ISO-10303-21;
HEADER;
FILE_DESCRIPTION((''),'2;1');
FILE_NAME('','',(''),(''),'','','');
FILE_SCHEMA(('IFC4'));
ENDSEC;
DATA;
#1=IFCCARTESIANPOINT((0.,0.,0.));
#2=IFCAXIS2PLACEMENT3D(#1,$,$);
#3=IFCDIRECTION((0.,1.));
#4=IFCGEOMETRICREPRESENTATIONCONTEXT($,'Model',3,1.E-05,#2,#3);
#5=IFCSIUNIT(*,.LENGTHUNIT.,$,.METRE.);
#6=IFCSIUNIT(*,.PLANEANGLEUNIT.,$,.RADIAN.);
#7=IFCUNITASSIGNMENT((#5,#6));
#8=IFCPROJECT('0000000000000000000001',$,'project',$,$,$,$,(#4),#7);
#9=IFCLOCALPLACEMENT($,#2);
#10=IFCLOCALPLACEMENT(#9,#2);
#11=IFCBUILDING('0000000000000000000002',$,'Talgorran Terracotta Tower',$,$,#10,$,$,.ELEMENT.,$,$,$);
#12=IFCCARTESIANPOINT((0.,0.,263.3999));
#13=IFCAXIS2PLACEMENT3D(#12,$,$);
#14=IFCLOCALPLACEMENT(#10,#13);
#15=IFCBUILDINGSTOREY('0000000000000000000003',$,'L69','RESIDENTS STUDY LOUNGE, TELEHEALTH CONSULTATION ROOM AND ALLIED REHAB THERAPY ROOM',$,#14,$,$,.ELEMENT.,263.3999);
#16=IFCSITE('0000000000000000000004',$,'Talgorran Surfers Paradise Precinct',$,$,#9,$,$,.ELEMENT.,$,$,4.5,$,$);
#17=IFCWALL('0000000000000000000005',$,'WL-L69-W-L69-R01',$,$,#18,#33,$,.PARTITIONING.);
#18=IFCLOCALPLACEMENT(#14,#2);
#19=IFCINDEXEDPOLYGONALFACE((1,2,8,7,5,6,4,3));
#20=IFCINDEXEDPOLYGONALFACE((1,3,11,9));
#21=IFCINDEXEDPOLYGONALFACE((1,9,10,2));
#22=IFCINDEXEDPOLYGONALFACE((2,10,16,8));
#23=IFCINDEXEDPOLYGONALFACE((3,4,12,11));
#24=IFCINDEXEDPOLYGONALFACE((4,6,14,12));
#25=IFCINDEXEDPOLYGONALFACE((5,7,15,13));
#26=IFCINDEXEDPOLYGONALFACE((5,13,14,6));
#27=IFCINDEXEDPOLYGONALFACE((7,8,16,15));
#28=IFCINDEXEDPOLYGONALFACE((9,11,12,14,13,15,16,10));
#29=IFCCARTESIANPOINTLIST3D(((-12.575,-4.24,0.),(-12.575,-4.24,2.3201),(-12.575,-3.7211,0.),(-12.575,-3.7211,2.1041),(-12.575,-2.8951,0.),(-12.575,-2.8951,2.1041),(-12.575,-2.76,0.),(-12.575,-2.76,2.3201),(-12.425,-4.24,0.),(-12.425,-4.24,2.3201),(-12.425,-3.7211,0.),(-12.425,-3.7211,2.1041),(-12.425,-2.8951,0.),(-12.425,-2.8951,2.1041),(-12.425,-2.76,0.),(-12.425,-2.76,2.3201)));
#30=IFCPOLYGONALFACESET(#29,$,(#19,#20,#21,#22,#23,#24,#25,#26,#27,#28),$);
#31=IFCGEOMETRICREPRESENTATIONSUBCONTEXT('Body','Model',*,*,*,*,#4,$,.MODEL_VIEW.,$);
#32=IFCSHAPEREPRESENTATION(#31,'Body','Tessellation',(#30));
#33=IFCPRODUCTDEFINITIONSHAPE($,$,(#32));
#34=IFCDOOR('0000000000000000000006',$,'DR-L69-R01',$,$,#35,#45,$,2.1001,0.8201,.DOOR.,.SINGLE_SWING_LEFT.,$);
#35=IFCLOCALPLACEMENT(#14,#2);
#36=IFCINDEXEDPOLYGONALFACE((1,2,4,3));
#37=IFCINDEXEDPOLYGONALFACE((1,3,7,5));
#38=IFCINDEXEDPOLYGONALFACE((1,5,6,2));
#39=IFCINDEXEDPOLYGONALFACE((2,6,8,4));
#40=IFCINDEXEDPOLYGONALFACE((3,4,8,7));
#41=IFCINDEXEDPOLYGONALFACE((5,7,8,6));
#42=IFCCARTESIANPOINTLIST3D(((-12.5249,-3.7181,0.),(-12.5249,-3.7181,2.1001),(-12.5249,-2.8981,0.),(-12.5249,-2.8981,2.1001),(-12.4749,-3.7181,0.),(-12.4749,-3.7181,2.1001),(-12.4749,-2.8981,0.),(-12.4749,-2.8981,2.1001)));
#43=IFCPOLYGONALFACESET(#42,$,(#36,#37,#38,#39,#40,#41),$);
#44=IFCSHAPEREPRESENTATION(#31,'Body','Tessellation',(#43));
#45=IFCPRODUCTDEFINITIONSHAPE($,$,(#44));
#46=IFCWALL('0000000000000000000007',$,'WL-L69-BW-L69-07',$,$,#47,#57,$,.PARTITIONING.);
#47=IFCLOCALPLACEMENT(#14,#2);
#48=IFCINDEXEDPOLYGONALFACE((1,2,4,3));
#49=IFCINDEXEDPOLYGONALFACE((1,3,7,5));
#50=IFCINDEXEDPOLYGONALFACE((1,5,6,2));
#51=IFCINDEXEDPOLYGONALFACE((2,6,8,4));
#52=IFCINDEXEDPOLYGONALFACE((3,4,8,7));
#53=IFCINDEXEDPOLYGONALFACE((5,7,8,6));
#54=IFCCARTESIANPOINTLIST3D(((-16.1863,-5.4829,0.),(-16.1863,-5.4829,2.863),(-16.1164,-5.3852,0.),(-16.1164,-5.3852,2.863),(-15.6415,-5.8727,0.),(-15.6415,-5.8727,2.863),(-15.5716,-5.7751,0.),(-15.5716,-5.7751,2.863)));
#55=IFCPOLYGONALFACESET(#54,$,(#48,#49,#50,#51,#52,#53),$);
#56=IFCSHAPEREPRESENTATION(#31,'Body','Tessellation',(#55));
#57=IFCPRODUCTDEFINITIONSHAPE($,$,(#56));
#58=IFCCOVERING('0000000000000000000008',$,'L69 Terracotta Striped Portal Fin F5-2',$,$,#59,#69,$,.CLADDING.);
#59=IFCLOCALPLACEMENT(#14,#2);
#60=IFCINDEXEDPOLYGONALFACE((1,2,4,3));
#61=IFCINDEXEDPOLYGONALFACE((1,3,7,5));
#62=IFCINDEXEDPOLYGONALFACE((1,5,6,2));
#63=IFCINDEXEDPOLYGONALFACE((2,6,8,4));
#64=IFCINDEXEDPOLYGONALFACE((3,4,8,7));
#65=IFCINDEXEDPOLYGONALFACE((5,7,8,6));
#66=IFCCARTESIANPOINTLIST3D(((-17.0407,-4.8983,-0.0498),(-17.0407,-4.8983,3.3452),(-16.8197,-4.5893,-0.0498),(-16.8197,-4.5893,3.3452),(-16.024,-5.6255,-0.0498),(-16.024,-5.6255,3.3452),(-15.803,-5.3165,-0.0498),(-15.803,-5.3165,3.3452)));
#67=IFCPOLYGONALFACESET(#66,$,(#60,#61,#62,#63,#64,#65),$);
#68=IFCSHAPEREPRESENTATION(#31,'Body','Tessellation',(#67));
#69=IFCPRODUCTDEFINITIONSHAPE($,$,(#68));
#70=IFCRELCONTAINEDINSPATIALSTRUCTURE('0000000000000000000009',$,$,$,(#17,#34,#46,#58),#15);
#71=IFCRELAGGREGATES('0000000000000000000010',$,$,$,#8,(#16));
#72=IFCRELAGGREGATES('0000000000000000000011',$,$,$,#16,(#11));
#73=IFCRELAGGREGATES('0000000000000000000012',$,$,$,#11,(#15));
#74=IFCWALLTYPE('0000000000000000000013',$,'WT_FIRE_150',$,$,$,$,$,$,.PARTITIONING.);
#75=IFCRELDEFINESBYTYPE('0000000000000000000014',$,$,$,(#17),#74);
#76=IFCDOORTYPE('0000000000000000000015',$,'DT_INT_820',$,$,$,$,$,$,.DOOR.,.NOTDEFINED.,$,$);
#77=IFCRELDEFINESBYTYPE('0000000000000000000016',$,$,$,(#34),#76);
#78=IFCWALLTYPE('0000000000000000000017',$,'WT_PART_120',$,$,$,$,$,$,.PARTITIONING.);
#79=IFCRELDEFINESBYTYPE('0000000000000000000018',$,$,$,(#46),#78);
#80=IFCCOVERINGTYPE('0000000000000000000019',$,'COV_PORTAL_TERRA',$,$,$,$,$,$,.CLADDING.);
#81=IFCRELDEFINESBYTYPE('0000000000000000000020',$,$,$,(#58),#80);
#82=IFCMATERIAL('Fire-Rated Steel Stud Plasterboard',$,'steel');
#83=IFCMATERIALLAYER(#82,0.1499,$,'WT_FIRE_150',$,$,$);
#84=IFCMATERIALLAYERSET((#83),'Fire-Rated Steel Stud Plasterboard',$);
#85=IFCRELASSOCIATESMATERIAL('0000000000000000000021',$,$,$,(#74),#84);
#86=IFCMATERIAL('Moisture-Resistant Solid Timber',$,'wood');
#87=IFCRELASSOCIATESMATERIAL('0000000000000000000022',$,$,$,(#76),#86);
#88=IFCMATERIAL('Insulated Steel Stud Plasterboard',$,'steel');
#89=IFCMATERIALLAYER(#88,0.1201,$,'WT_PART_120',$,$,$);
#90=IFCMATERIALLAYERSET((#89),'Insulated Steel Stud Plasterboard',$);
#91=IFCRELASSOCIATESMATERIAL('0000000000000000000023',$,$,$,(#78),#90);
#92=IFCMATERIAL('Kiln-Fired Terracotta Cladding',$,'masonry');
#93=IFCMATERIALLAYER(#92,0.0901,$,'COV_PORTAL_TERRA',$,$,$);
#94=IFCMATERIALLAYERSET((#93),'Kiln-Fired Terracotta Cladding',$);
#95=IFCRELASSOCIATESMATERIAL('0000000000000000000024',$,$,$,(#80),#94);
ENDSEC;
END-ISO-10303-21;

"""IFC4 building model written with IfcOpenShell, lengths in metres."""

from ifc_helpers import new_model, si_unit, direction, frame, frame_2d, origin, origin_2d, place, context, subcontext, project, spatial, rectangle, extrude, material, layer, layer_set, type_object, element, fill, save


model = new_model("IFC4")

# Units and contexts
model_context = context("Model", 3, precision=1e-05, world=origin(), true_north=direction((0.0, 1.0)))
body_context = subcontext(model_context, "Body", "Model", "MODEL_VIEW")
ifc_project = project(units=[si_unit("LENGTHUNIT", "METRE"), si_unit("PLANEANGLEUNIT", "RADIAN")], contexts=[model_context])

# Site, building, storey
site_placement = place(None, origin())
site = spatial("IfcSite", under=ifc_project, at=site_placement, Name="Talgorran Surfers Paradise Precinct", CompositionType="ELEMENT", RefElevation=4.5)
building_placement = place(site_placement, origin())
building = spatial("IfcBuilding", under=site, at=building_placement, Name="Talgorran Terracotta Tower", CompositionType="ELEMENT")
storey_placement = place(building_placement, frame((0.0, 0.0, 263.3999)))
storey = spatial("IfcBuildingStorey", under=building, at=storey_placement, Name="L69", Description="RESIDENTS STUDY LOUNGE, TELEHEALTH CONSULTATION ROOM AND ALLIED REHAB THERAPY ROOM", CompositionType="ELEMENT", Elevation=263.3999)

# Wall, opening, door
ifc_material_1 = material(Name="Fire-Rated Steel Stud Plasterboard", Category="steel")
ifc_layer_1 = layer(ifc_material_1, 0.1499, Name="WT_FIRE_150")
ifc_layer_set_1 = layer_set([ifc_layer_1], Name="Fire-Rated Steel Stud Plasterboard")
wall_type_1 = type_object("IfcWallType", Name="WT_FIRE_150", PredefinedType="PARTITIONING", material=ifc_layer_set_1)
wall_1_placement = place(storey_placement, frame((-12.5, -4.24, 0.0), z_axis=(0.0, 0.0, 1.0), x_axis=(0.0, 1.0, 0.0)))
wall_1 = element("IfcWall", 1, at=wall_1_placement, inside=storey, type_object=wall_type_1, Name="WL-L69-W-L69-R01", PredefinedType="PARTITIONING", context=body_context, shape_type="SweptSolid", body=[
    extrude(rectangle(XDim=1.48, YDim=0.1499, at=frame_2d((0.74, 0.0))), origin(), (0.0, 0.0, 1.0), 2.3201),
])
opening_1_placement = place(wall_1_placement, frame((0.5217, 0.0, 0.0)))
opening_1 = element("IfcOpeningElement", 2, at=opening_1_placement, cuts=wall_1, PredefinedType="OPENING", context=body_context, shape_type="SweptSolid", body=[
    extrude(rectangle(XDim=0.8261, YDim=2.1041, at=frame_2d((0.4102, 1.052))), frame((0.0, 0.085, 0.0), z_axis=(0.0, -1.0, 0.0), x_axis=(1.0, 0.0, 0.0)), (0.0, 0.0, 1.0), 0.1699),
])
ifc_material_2 = material(Name="Moisture-Resistant Solid Timber", Category="wood")
door_type_1 = type_object("IfcDoorType", Name="DT_INT_820", OperationType="NOTDEFINED", PredefinedType="DOOR", material=ifc_material_2)
door_1_placement = place(opening_1_placement, origin())
door_1 = element("IfcDoor", 3, at=door_1_placement, inside=storey, type_object=door_type_1, Name="DR-L69-R01", OperationType="SINGLE_SWING_LEFT", OverallHeight=2.1001, OverallWidth=0.8201, PredefinedType="DOOR", context=body_context, shape_type="SweptSolid", body=[
    extrude(rectangle(XDim=0.8201, YDim=2.1001, at=frame_2d((0.4102, 1.05))), frame((0.0, 0.0249, 0.0), z_axis=(0.0, -1.0, 0.0), x_axis=(1.0, 0.0, 0.0)), (0.0, 0.0, 1.0), 0.05),
])
fill(opening_1, door_1)

# Wall
ifc_material_3 = material(Name="Insulated Steel Stud Plasterboard", Category="steel")
ifc_layer_2 = layer(ifc_material_3, 0.1201, Name="WT_PART_120")
ifc_layer_set_2 = layer_set([ifc_layer_2], Name="Insulated Steel Stud Plasterboard")
wall_type_2 = type_object("IfcWallType", Name="WT_PART_120", PredefinedType="PARTITIONING", material=ifc_layer_set_2)
wall_2_placement = place(storey_placement, frame((-16.1514, -5.4341, 0.0), z_axis=(0.0, 0.0, 1.0), x_axis=(0.813265, -0.581893, 0.0)))
element("IfcWall", 4, at=wall_2_placement, inside=storey, type_object=wall_type_2, Name="WL-L69-BW-L69-07", PredefinedType="PARTITIONING", context=body_context, shape_type="SweptSolid", body=[
    extrude(rectangle(XDim=0.6699, YDim=0.1201, at=frame_2d((0.335, 0.0))), origin(), (0.0, 0.0, 1.0), 2.863),
])

# Covering
ifc_material_4 = material(Name="Kiln-Fired Terracotta Cladding", Category="masonry")
ifc_layer_3 = layer(ifc_material_4, 0.0901, Name="COV_PORTAL_TERRA")
ifc_layer_set_3 = layer_set([ifc_layer_3], Name="Kiln-Fired Terracotta Cladding")
covering_type = type_object("IfcCoveringType", Name="COV_PORTAL_TERRA", PredefinedType="CLADDING", material=ifc_layer_set_3)
covering_placement = place(storey_placement, frame((-16.4219, -5.1074, -0.0498), z_axis=(0.0, 0.0, 1.0), x_axis=(-0.581726, -0.813385, 0.0)))
element("IfcCovering", 5, at=covering_placement, inside=storey, type_object=covering_type, Name="L69 Terracotta Striped Portal Fin F5-2", PredefinedType="CLADDING", context=body_context, shape_type="SweptSolid", body=[
    extrude(rectangle(XDim=0.3799, YDim=1.25, at=origin_2d()), origin(), (0.0, 0.0, 1.0), 3.395),
])

save(model, "model.ifc")
